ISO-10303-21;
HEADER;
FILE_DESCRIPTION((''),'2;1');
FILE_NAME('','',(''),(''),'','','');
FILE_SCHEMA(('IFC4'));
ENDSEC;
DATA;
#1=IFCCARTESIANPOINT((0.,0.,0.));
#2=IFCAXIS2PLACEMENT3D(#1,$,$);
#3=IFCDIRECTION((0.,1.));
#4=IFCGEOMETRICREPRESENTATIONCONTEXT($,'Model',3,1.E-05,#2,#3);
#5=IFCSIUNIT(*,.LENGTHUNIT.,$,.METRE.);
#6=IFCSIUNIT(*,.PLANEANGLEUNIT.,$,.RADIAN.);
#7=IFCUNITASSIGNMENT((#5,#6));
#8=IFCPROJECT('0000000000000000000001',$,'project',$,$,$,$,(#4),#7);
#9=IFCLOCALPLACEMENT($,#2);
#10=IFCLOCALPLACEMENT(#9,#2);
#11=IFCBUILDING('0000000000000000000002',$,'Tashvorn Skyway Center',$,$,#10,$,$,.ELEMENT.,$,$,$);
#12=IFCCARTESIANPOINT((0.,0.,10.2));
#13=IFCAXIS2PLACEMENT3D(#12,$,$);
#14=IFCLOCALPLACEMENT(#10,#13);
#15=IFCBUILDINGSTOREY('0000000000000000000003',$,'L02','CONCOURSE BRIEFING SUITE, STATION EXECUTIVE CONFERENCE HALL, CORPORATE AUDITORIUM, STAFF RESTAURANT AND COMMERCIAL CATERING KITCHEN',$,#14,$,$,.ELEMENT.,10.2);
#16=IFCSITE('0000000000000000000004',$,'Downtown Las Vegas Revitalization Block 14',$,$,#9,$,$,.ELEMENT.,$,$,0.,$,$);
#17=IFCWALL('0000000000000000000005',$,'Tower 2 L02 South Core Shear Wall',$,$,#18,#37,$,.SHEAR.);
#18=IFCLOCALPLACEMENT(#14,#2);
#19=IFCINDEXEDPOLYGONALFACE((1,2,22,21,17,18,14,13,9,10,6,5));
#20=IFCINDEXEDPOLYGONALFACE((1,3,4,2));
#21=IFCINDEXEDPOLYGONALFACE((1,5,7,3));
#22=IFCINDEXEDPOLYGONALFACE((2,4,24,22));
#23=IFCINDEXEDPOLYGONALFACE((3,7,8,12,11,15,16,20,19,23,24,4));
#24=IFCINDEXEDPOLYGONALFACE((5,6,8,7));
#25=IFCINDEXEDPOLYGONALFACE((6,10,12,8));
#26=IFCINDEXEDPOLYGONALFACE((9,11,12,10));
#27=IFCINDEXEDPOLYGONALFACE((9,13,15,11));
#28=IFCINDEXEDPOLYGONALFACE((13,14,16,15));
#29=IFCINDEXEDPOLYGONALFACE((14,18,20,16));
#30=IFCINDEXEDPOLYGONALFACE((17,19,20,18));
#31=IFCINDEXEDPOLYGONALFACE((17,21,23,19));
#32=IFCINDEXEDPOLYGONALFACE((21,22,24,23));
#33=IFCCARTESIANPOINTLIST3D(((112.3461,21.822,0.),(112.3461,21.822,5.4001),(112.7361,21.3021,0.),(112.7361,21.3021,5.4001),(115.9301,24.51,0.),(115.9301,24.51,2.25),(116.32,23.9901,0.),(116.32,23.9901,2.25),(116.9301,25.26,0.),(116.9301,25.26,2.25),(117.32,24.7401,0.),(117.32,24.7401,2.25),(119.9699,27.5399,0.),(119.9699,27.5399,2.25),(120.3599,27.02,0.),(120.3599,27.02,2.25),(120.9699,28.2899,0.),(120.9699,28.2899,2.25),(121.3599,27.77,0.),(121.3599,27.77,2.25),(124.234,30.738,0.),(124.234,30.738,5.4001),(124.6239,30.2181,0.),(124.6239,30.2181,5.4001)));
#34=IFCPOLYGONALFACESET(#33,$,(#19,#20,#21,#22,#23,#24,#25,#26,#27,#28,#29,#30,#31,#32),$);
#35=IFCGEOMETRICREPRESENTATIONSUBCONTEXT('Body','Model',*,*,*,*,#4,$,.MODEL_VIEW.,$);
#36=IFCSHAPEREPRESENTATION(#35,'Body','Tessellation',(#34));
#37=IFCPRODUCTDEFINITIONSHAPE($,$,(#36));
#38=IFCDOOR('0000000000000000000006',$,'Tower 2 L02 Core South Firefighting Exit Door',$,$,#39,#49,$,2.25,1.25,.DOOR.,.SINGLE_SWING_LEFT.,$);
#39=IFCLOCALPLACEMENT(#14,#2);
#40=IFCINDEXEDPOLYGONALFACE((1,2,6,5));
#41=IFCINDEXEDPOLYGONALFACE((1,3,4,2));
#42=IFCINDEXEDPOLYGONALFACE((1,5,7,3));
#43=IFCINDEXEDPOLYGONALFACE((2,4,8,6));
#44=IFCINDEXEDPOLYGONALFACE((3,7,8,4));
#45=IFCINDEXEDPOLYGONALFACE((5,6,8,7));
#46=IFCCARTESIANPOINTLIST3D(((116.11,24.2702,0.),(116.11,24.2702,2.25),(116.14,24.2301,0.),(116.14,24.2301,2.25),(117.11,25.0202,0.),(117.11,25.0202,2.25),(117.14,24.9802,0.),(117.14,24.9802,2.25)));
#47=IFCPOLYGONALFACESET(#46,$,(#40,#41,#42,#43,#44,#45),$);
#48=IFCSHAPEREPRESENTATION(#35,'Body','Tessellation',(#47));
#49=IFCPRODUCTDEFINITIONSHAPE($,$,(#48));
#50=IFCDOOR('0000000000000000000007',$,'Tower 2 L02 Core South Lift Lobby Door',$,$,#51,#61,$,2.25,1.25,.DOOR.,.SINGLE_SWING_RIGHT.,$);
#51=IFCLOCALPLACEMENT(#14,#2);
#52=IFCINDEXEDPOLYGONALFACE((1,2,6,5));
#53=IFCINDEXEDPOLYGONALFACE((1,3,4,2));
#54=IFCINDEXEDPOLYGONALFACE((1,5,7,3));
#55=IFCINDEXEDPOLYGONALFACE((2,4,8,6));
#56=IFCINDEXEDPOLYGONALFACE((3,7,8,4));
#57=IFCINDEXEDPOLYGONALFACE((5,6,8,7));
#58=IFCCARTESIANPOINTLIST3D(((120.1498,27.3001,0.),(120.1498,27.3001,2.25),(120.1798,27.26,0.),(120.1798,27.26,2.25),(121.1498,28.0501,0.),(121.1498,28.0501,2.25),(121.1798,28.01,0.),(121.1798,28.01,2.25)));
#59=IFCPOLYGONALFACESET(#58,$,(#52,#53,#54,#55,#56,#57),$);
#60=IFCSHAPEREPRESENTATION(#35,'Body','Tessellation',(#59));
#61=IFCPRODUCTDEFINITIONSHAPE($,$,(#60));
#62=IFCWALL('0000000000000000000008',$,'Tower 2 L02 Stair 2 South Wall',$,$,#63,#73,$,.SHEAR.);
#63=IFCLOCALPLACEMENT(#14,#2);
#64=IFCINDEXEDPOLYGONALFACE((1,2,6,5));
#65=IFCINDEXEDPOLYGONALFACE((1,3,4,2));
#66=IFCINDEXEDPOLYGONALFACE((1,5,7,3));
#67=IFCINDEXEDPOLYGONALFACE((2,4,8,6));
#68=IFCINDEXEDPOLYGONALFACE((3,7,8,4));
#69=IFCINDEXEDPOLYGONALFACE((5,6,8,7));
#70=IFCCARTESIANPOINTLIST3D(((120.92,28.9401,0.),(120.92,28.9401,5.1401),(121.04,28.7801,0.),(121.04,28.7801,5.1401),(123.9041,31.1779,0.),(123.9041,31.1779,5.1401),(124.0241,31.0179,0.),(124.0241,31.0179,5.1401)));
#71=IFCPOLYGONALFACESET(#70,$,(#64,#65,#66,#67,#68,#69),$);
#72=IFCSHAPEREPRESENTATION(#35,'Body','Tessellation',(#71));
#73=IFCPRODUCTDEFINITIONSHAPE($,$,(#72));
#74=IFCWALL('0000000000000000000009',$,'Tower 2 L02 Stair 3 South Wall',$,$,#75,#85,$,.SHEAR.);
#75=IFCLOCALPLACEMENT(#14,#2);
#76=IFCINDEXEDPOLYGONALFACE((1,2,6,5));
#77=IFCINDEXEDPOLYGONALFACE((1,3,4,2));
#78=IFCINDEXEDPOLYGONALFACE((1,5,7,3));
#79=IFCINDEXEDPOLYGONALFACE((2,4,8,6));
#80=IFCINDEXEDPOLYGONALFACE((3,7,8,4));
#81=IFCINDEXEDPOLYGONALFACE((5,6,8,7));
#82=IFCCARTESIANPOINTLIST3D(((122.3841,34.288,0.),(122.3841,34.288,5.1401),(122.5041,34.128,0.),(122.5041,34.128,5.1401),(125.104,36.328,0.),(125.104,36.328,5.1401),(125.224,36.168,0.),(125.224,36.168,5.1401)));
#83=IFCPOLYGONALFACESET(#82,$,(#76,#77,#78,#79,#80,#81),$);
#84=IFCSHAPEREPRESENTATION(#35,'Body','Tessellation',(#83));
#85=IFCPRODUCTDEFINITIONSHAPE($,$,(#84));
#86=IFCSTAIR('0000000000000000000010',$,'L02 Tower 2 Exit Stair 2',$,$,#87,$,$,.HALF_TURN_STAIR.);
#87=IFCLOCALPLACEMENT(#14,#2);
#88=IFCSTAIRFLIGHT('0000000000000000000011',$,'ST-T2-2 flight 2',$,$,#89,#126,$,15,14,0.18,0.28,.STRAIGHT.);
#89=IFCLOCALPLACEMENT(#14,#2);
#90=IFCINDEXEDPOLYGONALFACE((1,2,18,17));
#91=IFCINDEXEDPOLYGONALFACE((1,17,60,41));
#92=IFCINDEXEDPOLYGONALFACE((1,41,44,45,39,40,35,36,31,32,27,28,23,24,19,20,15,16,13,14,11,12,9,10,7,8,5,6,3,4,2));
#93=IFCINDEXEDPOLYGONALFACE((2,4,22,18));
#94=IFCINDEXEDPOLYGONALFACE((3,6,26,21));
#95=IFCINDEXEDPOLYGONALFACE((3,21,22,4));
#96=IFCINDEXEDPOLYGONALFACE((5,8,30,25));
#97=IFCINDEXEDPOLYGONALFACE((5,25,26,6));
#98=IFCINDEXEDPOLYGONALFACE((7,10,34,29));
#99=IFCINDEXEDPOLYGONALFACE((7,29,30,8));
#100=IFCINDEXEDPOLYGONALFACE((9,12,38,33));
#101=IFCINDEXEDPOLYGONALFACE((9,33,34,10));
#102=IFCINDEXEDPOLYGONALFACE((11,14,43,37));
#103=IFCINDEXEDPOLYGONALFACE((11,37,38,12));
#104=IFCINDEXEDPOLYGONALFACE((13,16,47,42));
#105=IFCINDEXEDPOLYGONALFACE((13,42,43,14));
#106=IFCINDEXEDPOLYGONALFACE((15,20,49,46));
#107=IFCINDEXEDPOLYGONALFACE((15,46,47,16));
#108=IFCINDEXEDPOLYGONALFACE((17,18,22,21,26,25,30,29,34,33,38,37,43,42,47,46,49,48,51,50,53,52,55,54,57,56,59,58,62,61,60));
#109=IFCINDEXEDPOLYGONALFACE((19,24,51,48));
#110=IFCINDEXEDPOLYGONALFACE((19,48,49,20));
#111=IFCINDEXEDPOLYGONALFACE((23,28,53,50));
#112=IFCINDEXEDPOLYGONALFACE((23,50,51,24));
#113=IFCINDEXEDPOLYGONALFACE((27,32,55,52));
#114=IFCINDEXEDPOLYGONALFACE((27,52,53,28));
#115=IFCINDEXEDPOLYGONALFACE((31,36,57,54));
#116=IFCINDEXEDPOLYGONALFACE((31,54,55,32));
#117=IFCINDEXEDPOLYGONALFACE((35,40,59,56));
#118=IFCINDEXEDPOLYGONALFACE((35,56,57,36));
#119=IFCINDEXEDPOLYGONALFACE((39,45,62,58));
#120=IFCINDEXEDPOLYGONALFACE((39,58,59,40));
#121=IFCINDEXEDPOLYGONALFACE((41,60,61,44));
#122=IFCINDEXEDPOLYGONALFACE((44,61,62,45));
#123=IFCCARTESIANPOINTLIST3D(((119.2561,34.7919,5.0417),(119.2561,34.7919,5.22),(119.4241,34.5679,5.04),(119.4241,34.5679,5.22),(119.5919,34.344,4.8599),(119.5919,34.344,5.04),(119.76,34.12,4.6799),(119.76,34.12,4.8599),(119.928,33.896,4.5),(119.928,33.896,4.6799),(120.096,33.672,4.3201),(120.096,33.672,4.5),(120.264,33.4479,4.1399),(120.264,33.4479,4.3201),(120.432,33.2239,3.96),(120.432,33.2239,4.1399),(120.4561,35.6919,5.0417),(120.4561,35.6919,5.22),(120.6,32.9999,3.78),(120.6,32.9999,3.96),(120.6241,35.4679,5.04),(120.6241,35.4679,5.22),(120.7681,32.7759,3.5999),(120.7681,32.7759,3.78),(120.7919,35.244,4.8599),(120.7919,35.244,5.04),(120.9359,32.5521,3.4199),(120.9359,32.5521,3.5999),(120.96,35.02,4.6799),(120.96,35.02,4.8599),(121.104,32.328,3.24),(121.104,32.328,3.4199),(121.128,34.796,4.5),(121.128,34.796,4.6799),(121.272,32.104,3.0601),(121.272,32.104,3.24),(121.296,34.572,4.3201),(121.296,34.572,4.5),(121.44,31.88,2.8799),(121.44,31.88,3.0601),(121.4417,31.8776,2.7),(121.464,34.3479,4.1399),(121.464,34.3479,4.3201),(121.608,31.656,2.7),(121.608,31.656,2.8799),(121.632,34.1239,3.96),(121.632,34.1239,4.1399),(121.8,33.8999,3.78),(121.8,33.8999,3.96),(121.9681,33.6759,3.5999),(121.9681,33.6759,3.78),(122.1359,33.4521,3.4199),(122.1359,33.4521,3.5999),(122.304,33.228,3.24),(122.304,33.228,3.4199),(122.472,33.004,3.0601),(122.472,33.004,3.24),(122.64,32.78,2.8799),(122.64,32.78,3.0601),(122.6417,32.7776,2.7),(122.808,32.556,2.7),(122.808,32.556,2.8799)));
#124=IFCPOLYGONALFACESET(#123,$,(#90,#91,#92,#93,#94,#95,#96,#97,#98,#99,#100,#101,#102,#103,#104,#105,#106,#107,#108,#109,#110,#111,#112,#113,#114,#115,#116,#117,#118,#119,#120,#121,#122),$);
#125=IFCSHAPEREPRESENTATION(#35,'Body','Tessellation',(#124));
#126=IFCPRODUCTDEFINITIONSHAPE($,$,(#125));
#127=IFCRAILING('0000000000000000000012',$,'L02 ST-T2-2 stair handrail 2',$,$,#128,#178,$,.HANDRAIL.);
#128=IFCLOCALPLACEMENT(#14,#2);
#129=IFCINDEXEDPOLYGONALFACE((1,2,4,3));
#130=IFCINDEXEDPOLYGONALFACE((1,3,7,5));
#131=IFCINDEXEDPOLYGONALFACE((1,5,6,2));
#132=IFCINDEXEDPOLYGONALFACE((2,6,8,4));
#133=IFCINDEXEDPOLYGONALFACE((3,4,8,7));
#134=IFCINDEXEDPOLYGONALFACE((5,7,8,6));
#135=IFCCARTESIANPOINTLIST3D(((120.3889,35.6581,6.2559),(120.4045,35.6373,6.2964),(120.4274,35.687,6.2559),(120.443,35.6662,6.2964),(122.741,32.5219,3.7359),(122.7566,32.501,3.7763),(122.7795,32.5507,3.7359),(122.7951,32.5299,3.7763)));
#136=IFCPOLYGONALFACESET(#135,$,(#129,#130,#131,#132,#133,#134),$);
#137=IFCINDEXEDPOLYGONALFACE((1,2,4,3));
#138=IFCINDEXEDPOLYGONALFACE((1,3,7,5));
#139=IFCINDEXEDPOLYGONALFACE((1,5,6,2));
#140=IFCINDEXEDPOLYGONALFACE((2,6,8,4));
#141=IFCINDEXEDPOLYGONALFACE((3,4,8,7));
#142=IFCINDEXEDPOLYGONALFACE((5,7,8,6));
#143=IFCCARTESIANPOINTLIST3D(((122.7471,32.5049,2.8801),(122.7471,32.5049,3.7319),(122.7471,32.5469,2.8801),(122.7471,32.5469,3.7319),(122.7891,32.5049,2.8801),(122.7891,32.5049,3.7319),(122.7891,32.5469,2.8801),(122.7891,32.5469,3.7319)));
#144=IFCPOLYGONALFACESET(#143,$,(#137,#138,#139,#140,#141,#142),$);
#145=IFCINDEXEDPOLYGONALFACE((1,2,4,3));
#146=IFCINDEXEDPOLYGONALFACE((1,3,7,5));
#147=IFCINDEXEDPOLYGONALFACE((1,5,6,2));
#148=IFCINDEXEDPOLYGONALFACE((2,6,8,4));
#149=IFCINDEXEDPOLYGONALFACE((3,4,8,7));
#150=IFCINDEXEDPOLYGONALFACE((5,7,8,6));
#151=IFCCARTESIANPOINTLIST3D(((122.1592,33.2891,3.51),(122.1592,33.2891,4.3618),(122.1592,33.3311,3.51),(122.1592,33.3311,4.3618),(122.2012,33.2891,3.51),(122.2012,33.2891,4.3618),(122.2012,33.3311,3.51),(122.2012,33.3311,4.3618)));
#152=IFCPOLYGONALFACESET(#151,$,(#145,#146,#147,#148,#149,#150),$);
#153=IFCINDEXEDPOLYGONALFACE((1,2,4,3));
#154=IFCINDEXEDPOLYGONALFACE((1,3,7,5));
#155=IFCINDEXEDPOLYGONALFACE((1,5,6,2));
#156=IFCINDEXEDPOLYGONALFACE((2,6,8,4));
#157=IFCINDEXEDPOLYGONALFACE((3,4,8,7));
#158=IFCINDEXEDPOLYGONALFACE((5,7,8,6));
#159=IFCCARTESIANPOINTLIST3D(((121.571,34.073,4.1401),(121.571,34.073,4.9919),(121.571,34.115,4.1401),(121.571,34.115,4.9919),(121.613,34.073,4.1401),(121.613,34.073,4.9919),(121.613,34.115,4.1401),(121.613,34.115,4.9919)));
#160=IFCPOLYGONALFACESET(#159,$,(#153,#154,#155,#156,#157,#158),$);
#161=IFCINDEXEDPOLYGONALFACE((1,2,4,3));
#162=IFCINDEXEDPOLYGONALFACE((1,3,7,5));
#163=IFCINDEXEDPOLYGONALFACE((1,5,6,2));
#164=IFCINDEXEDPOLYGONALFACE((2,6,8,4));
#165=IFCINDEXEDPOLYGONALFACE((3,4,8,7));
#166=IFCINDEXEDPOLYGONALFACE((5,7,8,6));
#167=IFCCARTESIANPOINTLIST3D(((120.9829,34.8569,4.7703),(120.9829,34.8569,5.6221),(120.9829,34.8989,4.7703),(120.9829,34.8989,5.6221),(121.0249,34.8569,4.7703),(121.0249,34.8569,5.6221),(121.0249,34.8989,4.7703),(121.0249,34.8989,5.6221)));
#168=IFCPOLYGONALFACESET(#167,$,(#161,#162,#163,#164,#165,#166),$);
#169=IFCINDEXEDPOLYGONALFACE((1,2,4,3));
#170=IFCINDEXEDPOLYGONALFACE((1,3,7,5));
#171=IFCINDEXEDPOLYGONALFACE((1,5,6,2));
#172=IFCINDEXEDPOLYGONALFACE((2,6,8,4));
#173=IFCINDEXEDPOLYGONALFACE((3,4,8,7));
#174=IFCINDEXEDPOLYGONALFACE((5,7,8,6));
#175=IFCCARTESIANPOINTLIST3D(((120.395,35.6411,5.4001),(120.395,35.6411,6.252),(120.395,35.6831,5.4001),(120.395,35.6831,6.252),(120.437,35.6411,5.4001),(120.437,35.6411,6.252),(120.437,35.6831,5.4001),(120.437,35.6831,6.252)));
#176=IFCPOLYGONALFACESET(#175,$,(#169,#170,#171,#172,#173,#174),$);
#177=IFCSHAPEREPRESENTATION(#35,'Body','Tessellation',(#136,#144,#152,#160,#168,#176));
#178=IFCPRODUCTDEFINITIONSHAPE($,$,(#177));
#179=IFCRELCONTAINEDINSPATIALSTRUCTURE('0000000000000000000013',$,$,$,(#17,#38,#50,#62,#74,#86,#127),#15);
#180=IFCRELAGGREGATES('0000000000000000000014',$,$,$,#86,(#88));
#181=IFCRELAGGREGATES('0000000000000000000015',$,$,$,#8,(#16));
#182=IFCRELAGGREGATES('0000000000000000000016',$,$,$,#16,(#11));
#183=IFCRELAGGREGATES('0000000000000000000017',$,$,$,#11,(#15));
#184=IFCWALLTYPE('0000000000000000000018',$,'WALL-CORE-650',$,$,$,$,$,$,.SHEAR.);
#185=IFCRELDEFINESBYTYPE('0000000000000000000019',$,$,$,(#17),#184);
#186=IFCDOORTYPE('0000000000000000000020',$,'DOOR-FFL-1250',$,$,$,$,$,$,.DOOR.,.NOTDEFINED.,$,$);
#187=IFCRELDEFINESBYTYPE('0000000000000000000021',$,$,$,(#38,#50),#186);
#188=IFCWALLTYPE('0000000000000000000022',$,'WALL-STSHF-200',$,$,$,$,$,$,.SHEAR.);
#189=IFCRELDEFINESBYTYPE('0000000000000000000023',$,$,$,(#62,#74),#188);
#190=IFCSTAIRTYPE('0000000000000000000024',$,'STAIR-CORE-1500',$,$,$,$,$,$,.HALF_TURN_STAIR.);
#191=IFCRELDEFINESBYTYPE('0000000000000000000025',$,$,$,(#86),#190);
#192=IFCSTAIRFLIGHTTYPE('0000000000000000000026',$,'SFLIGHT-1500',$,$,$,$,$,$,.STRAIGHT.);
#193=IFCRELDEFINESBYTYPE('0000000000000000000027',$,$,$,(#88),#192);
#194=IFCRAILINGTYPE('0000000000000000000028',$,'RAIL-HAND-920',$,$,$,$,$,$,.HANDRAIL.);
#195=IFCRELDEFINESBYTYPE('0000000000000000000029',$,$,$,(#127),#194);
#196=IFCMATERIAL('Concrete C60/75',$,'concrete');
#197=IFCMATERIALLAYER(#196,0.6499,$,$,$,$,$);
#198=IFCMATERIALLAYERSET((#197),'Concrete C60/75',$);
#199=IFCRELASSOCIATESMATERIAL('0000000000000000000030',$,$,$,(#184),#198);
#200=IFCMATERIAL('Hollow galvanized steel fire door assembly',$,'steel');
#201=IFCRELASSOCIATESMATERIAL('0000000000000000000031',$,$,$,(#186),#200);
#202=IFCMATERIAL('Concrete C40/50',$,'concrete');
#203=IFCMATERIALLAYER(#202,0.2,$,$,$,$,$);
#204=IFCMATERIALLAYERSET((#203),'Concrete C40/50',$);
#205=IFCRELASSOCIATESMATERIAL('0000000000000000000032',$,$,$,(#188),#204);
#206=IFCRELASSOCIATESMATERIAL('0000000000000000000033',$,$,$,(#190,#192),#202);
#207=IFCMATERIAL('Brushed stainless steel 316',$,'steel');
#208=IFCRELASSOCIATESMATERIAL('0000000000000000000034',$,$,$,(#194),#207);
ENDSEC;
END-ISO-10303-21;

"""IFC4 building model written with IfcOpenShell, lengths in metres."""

from ifc_helpers import new_model, si_unit, direction, frame, frame_2d, origin, origin_2d, place, context, subcontext, project, spatial, polyline, rectangle, outline, extrude, material, layer, layer_set, type_object, element, fill, aggregate, save


model = new_model("IFC4")

# Units and contexts
model_context = context("Model", 3, precision=1e-05, world=origin(), true_north=direction((0.0, 1.0)))
body_context = subcontext(model_context, "Body", "Model", "MODEL_VIEW")
ifc_project = project(units=[si_unit("LENGTHUNIT", "METRE"), si_unit("PLANEANGLEUNIT", "RADIAN")], contexts=[model_context])

# Site, building, storey
site_placement = place(None, origin())
site = spatial("IfcSite", under=ifc_project, at=site_placement, Name="Downtown Las Vegas Revitalization Block 14", CompositionType="ELEMENT", RefElevation=0.0)
building_placement = place(site_placement, origin())
building = spatial("IfcBuilding", under=site, at=building_placement, Name="Tashvorn Skyway Center", CompositionType="ELEMENT")
storey_placement = place(building_placement, frame((0.0, 0.0, 10.2)))
storey = spatial("IfcBuildingStorey", under=building, at=storey_placement, Name="L02", Description="CONCOURSE BRIEFING SUITE, STATION EXECUTIVE CONFERENCE HALL, CORPORATE AUDITORIUM, STAFF RESTAURANT AND COMMERCIAL CATERING KITCHEN", CompositionType="ELEMENT", Elevation=10.2)

# Wall, openings, doors
ifc_material_1 = material(Name="Concrete C60/75", Category="concrete")
ifc_layer_1 = layer(ifc_material_1, 0.6499)
ifc_layer_set_1 = layer_set([ifc_layer_1], Name="Concrete C60/75")
wall_type_1 = type_object("IfcWallType", Name="WALL-CORE-650", PredefinedType="SHEAR", material=ifc_layer_set_1)
wall_1_placement = place(storey_placement, frame((124.429, 30.478, 0.0), z_axis=(0.0, 0.0, 1.0), x_axis=(-0.799998, -0.600003, 0.0)))
wall_1 = element("IfcWall", 1, at=wall_1_placement, inside=storey, type_object=wall_type_1, Name="Tower 2 L02 South Core Shear Wall", PredefinedType="SHEAR", context=body_context, shape_type="SweptSolid", body=[
    extrude(rectangle(XDim=14.8599, YDim=0.6499, at=frame_2d((7.4299, 0.0))), origin(), (0.0, 0.0, 1.0), 5.4001),
])
opening_1_placement = place(wall_1_placement, frame((9.1299, 0.0, 0.0)))
opening_1 = element("IfcOpeningElement", 2, at=opening_1_placement, cuts=wall_1, PredefinedType="OPENING", context=body_context, shape_type="SweptSolid", body=[
    extrude(rectangle(XDim=1.25, YDim=2.25, at=frame_2d((0.625, 1.125))), frame((0.0, 0.335, 0.0), z_axis=(0.0, -1.0, 0.0), x_axis=(1.0, 0.0, 0.0)), (0.0, 0.0, 1.0), 0.6699),
])
opening_2_placement = place(wall_1_placement, frame((4.0801, 0.0, 0.0)))
opening_2 = element("IfcOpeningElement", 3, at=opening_2_placement, cuts=wall_1, PredefinedType="OPENING", context=body_context, shape_type="SweptSolid", body=[
    extrude(rectangle(XDim=1.25, YDim=2.25, at=frame_2d((0.625, 1.125))), frame((0.0, 0.335, 0.0), z_axis=(0.0, -1.0, 0.0), x_axis=(1.0, 0.0, 0.0)), (0.0, 0.0, 1.0), 0.6699),
])
ifc_material_2 = material(Name="Hollow galvanized steel fire door assembly", Category="steel")
door_type = type_object("IfcDoorType", Name="DOOR-FFL-1250", OperationType="NOTDEFINED", PredefinedType="DOOR", material=ifc_material_2)
door_1_placement = place(opening_1_placement, origin())
door_1 = element("IfcDoor", 4, at=door_1_placement, inside=storey, type_object=door_type, Name="Tower 2 L02 Core South Firefighting Exit Door", OperationType="SINGLE_SWING_LEFT", OverallHeight=2.25, OverallWidth=1.25, PredefinedType="DOOR", context=body_context, shape_type="SweptSolid", body=[
    extrude(rectangle(XDim=1.25, YDim=2.25, at=frame_2d((0.625, 1.125))), frame((0.0, 0.0249, 0.0), z_axis=(0.0, -1.0, 0.0), x_axis=(1.0, 0.0, 0.0)), (0.0, 0.0, 1.0), 0.05),
])
fill(opening_1, door_1)
door_2_placement = place(opening_2_placement, origin())
door_2 = element("IfcDoor", 5, at=door_2_placement, inside=storey, type_object=door_type, Name="Tower 2 L02 Core South Lift Lobby Door", OperationType="SINGLE_SWING_RIGHT", OverallHeight=2.25, OverallWidth=1.25, PredefinedType="DOOR", context=body_context, shape_type="SweptSolid", body=[
    extrude(rectangle(XDim=1.25, YDim=2.25, at=frame_2d((0.625, 1.125))), frame((0.0, 0.0249, 0.0), z_axis=(0.0, -1.0, 0.0), x_axis=(1.0, 0.0, 0.0)), (0.0, 0.0, 1.0), 0.05),
])
fill(opening_2, door_2)

# Walls
ifc_material_3 = material(Name="Concrete C40/50", Category="concrete")
ifc_layer_2 = layer(ifc_material_3, 0.2)
ifc_layer_set_2 = layer_set([ifc_layer_2], Name="Concrete C40/50")
wall_type_2 = type_object("IfcWallType", Name="WALL-STSHF-200", PredefinedType="SHEAR", material=ifc_layer_set_2)
wall_2_placement = place(storey_placement, frame((120.98, 28.8601, 0.0), z_axis=(0.0, 0.0, 1.0), x_axis=(0.800039, 0.599948, 0.0)))
element("IfcWall", 6, at=wall_2_placement, inside=storey, type_object=wall_type_2, Name="Tower 2 L02 Stair 2 South Wall", PredefinedType="SHEAR", context=body_context, shape_type="SweptSolid", body=[
    extrude(rectangle(XDim=3.73, YDim=0.2, at=frame_2d((1.865, 0.0))), origin(), (0.0, 0.0, 1.0), 5.1401),
])
wall_3_placement = place(storey_placement, frame((122.4441, 34.208, 0.0), z_axis=(0.0, 0.0, 1.0), x_axis=(0.799991, 0.600011, 0.0)))
element("IfcWall", 7, at=wall_3_placement, inside=storey, type_object=wall_type_2, Name="Tower 2 L02 Stair 3 South Wall", PredefinedType="SHEAR", context=body_context, shape_type="SweptSolid", body=[
    extrude(rectangle(XDim=3.3999, YDim=0.2, at=frame_2d((1.7, 0.0))), origin(), (0.0, 0.0, 1.0), 5.1401),
])

# Stair, stair flight
stair_type = type_object("IfcStairType", Name="STAIR-CORE-1500", PredefinedType="HALF_TURN_STAIR", material=ifc_material_3)
stair_placement = place(storey_placement, origin())
stair = element("IfcStair", 8, at=stair_placement, inside=storey, type_object=stair_type, Name="L02 Tower 2 Exit Stair 2", PredefinedType="HALF_TURN_STAIR")
stair_flight_type = type_object("IfcStairFlightType", Name="SFLIGHT-1500", PredefinedType="STRAIGHT", material=ifc_material_3)
stair_flight_placement = place(storey_placement, frame((122.208, 32.106, 2.7), z_axis=(0.0, 0.0, 1.0), x_axis=(-0.6, 0.8, 0.0)))
stair_flight = element("IfcStairFlight", 9, at=stair_flight_placement, type_object=stair_flight_type, Name="ST-T2-2 flight 2", NumberOfRisers=15, NumberOfTreads=14, PredefinedType="STRAIGHT", RiserHeight=0.18, TreadLength=0.28, context=body_context, shape_type="SweptSolid", body=[
    extrude(outline(polyline([(0.0, 0.0), (0.0, 0.1799), (0.28, 0.1799), (0.28, 0.3601), (0.5601, 0.3601), (0.5601, 0.54), (0.8401, 0.54), (0.8401, 0.72), (1.1201, 0.72), (1.1201, 0.8999), (1.3999, 0.8999), (1.3999, 1.0801), (1.6799, 1.0801), (1.6799, 1.26), (1.96, 1.26), (1.96, 1.4399), (2.24, 1.4399), (2.24, 1.6201), (2.52, 1.6201), (2.52, 1.8), (2.8, 1.8), (2.8, 1.98), (3.0801, 1.98), (3.0801, 2.1599), (3.3601, 2.1599), (3.3601, 2.3401), (3.6399, 2.3401), (3.6399, 2.52), (3.9199, 2.52), (3.9199, 2.7), (3.9199, 2.3418), (0.2771, 0.0), (0.0, 0.0)])), frame((0.0, 0.75, 0.0), z_axis=(0.0, -1.0, 0.0), x_axis=(1.0, 0.0, 0.0)), (0.0, 0.0, 1.0), 1.5),
])
aggregate(stair, [stair_flight])

# Railing
ifc_material_4 = material(Name="Brushed stainless steel 316", Category="steel")
railing_type_1 = type_object("IfcRailingType", Name="RAIL-HAND-920", PredefinedType="HANDRAIL", material=ifc_material_4)
railing_1_placement = place(storey_placement, frame((122.7681, 32.5259, 2.8801)))
element("IfcRailing", 10, at=railing_1_placement, inside=storey, type_object=railing_type_1, Name="L02 ST-T2-2 stair handrail 2", PredefinedType="HANDRAIL", context=body_context, shape_type="SweptSolid", body=[
    extrude(rectangle(XDim=0.0481, YDim=0.0481, at=origin_2d()), frame((0.0, 0.0, 0.876), z_axis=(-0.504697, 0.672965, 0.54074), x_axis=(-0.800015, -0.59998, 0.0)), (0.0, 0.0, 1.0), 4.6604),
    extrude(rectangle(XDim=0.042, YDim=0.042, at=origin_2d()), origin(), (0.0, 0.0, 1.0), 0.8518),
    extrude(rectangle(XDim=0.042, YDim=0.042, at=origin_2d()), frame((-0.5879, 0.7842, 0.6299)), (0.0, 0.0, 1.0), 0.8518),
    extrude(rectangle(XDim=0.042, YDim=0.042, at=origin_2d()), frame((-1.176, 1.5681, 1.26)), (0.0, 0.0, 1.0), 0.8518),
    extrude(rectangle(XDim=0.042, YDim=0.042, at=origin_2d()), frame((-1.7642, 2.3521, 1.8901)), (0.0, 0.0, 1.0), 0.8518),
    extrude(rectangle(XDim=0.042, YDim=0.042, at=origin_2d()), frame((-2.3521, 3.1362, 2.52)), (0.0, 0.0, 1.0), 0.8518),
])

save(model, "model.ifc")
